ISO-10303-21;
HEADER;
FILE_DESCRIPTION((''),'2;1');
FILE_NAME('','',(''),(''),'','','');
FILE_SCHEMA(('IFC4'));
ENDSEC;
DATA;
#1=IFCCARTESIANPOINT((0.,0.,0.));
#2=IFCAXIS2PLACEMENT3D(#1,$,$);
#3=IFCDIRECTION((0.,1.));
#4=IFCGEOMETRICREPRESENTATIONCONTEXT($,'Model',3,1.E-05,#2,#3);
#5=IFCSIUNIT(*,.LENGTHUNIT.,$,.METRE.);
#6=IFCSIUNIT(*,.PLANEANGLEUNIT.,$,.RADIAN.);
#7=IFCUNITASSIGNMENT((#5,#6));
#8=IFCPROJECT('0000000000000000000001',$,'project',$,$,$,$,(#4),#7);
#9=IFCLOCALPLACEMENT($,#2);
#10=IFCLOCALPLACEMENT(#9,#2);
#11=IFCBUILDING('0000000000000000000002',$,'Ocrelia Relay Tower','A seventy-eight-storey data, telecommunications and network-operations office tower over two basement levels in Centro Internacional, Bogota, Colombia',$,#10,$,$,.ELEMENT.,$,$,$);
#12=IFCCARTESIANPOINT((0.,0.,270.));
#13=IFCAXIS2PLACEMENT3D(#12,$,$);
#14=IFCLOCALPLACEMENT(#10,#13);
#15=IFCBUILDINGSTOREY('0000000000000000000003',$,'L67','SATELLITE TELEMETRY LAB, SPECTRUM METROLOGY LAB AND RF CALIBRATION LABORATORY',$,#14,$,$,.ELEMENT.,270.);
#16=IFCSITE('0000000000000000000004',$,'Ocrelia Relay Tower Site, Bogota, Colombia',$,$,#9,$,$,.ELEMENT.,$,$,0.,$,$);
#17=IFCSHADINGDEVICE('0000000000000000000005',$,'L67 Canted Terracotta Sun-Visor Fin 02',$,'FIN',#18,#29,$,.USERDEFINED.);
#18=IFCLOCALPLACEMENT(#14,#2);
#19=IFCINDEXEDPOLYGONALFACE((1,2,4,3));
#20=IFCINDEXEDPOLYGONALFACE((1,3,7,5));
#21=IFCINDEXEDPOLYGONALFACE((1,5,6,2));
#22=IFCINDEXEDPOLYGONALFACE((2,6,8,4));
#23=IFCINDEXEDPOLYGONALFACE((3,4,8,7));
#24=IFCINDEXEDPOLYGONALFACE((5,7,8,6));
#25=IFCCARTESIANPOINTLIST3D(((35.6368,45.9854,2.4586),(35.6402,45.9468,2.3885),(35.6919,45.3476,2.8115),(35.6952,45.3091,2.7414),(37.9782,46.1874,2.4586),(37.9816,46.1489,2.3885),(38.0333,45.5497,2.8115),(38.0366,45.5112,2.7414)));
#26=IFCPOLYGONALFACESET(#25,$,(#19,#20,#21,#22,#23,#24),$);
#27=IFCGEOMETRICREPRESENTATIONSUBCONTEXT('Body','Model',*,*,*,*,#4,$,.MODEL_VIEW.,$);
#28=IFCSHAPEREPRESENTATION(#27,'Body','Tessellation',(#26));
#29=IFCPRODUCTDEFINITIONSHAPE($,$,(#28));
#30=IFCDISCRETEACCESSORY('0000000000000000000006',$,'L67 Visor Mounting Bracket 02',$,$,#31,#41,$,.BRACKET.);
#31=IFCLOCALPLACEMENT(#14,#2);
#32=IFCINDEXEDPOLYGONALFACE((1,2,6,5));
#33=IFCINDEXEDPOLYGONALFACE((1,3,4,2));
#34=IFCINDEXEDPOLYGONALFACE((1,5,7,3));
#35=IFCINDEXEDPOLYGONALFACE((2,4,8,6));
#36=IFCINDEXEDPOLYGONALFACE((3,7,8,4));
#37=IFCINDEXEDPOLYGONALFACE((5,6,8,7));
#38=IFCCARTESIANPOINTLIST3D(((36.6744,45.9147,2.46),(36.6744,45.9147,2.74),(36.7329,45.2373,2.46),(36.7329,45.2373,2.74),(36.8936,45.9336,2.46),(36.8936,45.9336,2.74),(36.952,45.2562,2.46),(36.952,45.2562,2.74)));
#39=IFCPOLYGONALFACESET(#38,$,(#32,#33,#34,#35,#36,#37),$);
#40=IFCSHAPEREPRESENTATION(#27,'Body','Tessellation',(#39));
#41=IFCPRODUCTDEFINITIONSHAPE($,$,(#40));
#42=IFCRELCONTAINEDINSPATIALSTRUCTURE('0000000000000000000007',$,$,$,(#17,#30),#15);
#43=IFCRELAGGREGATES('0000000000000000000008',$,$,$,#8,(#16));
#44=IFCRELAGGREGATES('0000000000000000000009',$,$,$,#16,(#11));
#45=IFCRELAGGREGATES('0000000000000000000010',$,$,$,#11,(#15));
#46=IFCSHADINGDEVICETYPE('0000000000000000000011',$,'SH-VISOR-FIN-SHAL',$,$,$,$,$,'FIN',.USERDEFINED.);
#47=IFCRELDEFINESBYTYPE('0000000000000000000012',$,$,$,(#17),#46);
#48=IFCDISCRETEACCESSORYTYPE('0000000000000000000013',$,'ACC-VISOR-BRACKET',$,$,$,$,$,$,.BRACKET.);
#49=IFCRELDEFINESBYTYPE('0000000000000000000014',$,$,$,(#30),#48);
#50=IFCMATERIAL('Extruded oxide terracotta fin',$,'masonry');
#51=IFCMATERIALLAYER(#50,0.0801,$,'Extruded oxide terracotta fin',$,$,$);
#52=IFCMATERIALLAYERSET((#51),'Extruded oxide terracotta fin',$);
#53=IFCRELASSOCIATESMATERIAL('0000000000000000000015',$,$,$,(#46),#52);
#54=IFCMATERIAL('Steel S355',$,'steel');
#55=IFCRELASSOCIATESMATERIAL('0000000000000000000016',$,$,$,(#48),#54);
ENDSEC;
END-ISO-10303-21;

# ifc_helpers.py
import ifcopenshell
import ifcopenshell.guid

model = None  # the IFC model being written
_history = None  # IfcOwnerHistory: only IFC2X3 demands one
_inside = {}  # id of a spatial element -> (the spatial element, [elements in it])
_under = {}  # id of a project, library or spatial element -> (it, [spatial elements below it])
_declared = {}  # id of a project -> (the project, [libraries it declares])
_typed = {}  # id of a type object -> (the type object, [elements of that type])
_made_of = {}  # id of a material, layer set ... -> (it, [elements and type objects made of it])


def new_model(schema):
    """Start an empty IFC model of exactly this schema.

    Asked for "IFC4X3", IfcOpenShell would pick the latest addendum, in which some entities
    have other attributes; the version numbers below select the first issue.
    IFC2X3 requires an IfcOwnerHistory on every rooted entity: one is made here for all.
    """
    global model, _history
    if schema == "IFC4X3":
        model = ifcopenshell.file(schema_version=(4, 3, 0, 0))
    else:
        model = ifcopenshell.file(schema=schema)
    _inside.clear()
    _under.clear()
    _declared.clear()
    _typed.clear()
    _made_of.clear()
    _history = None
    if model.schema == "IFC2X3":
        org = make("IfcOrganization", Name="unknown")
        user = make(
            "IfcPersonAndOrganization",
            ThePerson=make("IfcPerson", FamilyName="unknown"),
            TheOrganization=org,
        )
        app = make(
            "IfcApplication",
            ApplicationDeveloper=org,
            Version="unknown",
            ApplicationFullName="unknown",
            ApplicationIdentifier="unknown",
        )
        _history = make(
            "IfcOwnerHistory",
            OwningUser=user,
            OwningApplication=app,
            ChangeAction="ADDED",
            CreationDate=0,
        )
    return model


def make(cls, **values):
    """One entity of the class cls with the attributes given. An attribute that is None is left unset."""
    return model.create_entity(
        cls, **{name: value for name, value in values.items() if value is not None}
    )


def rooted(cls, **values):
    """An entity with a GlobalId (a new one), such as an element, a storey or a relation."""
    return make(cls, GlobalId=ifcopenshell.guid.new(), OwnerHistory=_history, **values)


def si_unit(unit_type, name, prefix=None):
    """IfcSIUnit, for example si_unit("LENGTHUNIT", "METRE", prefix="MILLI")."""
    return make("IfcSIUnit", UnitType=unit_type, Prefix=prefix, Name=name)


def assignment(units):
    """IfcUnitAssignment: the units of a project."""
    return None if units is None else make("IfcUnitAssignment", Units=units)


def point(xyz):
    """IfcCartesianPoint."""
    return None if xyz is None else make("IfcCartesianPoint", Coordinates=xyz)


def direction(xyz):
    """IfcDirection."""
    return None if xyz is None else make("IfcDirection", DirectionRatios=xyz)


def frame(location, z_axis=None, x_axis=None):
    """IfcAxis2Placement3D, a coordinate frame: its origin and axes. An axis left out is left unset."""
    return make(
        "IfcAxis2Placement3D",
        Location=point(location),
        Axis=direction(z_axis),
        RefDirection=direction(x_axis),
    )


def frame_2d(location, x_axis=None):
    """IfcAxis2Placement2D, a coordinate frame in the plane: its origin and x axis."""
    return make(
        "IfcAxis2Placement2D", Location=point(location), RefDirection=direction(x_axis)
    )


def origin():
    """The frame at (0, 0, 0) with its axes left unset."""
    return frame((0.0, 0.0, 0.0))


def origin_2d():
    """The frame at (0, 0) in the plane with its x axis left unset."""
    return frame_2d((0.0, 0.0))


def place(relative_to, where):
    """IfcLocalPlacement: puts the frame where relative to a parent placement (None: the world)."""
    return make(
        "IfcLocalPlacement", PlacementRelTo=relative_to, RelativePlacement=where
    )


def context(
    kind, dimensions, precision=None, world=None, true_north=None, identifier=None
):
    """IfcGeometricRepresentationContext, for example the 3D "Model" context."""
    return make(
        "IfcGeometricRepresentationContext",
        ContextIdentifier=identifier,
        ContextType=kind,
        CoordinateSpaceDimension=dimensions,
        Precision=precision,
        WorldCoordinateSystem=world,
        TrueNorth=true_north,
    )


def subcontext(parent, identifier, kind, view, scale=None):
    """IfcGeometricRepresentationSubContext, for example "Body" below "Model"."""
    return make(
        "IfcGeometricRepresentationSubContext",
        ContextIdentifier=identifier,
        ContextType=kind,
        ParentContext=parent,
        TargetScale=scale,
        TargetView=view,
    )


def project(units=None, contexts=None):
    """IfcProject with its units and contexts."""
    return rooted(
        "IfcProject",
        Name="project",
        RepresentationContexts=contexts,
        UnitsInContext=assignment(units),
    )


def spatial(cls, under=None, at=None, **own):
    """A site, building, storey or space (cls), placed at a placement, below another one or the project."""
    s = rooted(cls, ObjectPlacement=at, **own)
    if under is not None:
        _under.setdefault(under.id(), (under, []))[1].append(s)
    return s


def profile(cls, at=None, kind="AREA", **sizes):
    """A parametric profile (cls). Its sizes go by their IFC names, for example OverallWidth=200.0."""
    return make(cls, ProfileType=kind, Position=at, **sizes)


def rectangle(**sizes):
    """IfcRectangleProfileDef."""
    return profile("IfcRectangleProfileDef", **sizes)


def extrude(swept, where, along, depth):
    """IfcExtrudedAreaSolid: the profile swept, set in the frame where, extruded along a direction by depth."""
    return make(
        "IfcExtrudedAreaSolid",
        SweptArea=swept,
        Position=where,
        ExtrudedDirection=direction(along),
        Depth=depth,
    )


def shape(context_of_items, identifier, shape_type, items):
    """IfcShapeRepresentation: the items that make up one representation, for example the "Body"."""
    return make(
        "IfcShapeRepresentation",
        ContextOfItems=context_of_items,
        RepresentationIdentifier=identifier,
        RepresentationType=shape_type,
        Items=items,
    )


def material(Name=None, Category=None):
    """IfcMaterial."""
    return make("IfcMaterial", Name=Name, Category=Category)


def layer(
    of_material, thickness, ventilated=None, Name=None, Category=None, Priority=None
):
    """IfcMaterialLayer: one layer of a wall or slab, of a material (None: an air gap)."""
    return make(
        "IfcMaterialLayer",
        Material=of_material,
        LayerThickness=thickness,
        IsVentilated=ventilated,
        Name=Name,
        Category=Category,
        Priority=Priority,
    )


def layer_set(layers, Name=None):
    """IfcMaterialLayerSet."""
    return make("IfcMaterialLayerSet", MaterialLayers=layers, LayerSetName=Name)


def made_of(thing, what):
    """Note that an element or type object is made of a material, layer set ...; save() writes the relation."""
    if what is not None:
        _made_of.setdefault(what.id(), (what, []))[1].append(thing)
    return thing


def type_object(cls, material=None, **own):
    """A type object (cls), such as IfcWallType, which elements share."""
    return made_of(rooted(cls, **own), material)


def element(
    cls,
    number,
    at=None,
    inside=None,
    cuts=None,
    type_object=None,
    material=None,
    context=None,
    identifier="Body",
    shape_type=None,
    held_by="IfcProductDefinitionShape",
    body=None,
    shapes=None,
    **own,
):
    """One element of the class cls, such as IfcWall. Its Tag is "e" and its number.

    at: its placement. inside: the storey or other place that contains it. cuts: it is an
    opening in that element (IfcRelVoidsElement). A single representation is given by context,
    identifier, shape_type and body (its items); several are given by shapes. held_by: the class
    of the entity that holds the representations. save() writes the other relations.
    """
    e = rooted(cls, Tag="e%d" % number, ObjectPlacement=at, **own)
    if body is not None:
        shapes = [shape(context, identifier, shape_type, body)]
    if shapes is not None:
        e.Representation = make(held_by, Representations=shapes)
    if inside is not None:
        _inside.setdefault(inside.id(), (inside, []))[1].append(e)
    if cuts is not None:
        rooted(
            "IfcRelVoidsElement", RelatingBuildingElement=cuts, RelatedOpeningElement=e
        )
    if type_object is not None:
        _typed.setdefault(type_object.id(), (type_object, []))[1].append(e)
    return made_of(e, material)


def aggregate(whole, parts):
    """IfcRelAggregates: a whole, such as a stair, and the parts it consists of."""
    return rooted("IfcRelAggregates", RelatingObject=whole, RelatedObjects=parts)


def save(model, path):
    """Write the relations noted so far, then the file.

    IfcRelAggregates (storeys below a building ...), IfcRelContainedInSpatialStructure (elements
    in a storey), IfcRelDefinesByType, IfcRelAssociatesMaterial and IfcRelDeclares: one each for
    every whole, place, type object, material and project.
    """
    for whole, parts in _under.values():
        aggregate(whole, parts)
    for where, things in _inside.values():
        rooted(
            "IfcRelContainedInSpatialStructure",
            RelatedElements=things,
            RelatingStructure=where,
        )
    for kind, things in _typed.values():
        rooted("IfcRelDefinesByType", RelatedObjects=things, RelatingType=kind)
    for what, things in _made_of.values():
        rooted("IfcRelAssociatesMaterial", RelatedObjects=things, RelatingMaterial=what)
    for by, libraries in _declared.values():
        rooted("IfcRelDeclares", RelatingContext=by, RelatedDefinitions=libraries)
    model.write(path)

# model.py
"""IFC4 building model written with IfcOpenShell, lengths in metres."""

from ifc_helpers import new_model, si_unit, direction, frame, origin, origin_2d, place, context, subcontext, project, spatial, rectangle, extrude, material, layer, layer_set, type_object, element, save


model = new_model("IFC4")

# Units and contexts
model_context = context("Model", 3, precision=1e-05, world=origin(), true_north=direction((0.0, 1.0)))
body_context = subcontext(model_context, "Body", "Model", "MODEL_VIEW")
ifc_project = project(units=[si_unit("LENGTHUNIT", "METRE"), si_unit("PLANEANGLEUNIT", "RADIAN")], contexts=[model_context])

# Site, building, storey
site_placement = place(None, origin())
site = spatial("IfcSite", under=ifc_project, at=site_placement, Name="Ocrelia Relay Tower Site, Bogota, Colombia", CompositionType="ELEMENT", RefElevation=0.0)
building_placement = place(site_placement, origin())
building = spatial("IfcBuilding", under=site, at=building_placement, Name="Ocrelia Relay Tower", Description="A seventy-eight-storey data, telecommunications and network-operations office tower over two basement levels in Centro Internacional, Bogota, Colombia", CompositionType="ELEMENT")
storey_placement = place(building_placement, frame((0.0, 0.0, 270.0)))
storey = spatial("IfcBuildingStorey", under=building, at=storey_placement, Name="L67", Description="SATELLITE TELEMETRY LAB, SPECTRUM METROLOGY LAB AND RF CALIBRATION LABORATORY", CompositionType="ELEMENT", Elevation=270.0)

# Shared definitions
ifc_material_1 = material(Name="Steel S355", Category="steel")

# Shading device
ifc_material_2 = material(Name="Extruded oxide terracotta fin", Category="masonry")
ifc_layer_1 = layer(ifc_material_2, 0.0801, Name="Extruded oxide terracotta fin")
ifc_layer_set_1 = layer_set([ifc_layer_1], Name="Extruded oxide terracotta fin")
shading_device_type_1 = type_object("IfcShadingDeviceType", Name="SH-VISOR-FIN-SHAL", ElementType="FIN", PredefinedType="USERDEFINED", material=ifc_layer_set_1)
shading_device_placement = place(storey_placement, frame((36.8384, 45.729, 2.5649), z_axis=(-0.041513, 0.481036, 0.875717), x_axis=(-0.996297, -0.08598, 0.0)))
element("IfcShadingDevice", 1, at=shading_device_placement, inside=storey, type_object=shading_device_type_1, Name="L67 Canted Terracotta Sun-Visor Fin 02", ObjectType="FIN", PredefinedType="USERDEFINED", context=body_context, shape_type="SweptSolid", body=[
    extrude(rectangle(XDim=2.3501, YDim=0.731, at=origin_2d()), origin(), (0.0, 0.0, 1.0), 0.0801),
])

# Discrete accessory
discrete_accessory_type = type_object("IfcDiscreteAccessoryType", Name="ACC-VISOR-BRACKET", PredefinedType="BRACKET", material=ifc_material_1)
discrete_accessory_placement = place(storey_placement, frame((36.8132, 45.5854, 2.46), z_axis=(0.0, 0.0, 1.0), x_axis=(-0.996297, -0.08598, 0.0)))
element("IfcDiscreteAccessory", 2, at=discrete_accessory_placement, inside=storey, type_object=discrete_accessory_type, Name="L67 Visor Mounting Bracket 02", PredefinedType="BRACKET", context=body_context, shape_type="SweptSolid", body=[
    extrude(rectangle(XDim=0.22, YDim=0.6799, at=origin_2d()), origin(), (0.0, 0.0, 1.0), 0.28),
])

save(model, "model.ifc")
